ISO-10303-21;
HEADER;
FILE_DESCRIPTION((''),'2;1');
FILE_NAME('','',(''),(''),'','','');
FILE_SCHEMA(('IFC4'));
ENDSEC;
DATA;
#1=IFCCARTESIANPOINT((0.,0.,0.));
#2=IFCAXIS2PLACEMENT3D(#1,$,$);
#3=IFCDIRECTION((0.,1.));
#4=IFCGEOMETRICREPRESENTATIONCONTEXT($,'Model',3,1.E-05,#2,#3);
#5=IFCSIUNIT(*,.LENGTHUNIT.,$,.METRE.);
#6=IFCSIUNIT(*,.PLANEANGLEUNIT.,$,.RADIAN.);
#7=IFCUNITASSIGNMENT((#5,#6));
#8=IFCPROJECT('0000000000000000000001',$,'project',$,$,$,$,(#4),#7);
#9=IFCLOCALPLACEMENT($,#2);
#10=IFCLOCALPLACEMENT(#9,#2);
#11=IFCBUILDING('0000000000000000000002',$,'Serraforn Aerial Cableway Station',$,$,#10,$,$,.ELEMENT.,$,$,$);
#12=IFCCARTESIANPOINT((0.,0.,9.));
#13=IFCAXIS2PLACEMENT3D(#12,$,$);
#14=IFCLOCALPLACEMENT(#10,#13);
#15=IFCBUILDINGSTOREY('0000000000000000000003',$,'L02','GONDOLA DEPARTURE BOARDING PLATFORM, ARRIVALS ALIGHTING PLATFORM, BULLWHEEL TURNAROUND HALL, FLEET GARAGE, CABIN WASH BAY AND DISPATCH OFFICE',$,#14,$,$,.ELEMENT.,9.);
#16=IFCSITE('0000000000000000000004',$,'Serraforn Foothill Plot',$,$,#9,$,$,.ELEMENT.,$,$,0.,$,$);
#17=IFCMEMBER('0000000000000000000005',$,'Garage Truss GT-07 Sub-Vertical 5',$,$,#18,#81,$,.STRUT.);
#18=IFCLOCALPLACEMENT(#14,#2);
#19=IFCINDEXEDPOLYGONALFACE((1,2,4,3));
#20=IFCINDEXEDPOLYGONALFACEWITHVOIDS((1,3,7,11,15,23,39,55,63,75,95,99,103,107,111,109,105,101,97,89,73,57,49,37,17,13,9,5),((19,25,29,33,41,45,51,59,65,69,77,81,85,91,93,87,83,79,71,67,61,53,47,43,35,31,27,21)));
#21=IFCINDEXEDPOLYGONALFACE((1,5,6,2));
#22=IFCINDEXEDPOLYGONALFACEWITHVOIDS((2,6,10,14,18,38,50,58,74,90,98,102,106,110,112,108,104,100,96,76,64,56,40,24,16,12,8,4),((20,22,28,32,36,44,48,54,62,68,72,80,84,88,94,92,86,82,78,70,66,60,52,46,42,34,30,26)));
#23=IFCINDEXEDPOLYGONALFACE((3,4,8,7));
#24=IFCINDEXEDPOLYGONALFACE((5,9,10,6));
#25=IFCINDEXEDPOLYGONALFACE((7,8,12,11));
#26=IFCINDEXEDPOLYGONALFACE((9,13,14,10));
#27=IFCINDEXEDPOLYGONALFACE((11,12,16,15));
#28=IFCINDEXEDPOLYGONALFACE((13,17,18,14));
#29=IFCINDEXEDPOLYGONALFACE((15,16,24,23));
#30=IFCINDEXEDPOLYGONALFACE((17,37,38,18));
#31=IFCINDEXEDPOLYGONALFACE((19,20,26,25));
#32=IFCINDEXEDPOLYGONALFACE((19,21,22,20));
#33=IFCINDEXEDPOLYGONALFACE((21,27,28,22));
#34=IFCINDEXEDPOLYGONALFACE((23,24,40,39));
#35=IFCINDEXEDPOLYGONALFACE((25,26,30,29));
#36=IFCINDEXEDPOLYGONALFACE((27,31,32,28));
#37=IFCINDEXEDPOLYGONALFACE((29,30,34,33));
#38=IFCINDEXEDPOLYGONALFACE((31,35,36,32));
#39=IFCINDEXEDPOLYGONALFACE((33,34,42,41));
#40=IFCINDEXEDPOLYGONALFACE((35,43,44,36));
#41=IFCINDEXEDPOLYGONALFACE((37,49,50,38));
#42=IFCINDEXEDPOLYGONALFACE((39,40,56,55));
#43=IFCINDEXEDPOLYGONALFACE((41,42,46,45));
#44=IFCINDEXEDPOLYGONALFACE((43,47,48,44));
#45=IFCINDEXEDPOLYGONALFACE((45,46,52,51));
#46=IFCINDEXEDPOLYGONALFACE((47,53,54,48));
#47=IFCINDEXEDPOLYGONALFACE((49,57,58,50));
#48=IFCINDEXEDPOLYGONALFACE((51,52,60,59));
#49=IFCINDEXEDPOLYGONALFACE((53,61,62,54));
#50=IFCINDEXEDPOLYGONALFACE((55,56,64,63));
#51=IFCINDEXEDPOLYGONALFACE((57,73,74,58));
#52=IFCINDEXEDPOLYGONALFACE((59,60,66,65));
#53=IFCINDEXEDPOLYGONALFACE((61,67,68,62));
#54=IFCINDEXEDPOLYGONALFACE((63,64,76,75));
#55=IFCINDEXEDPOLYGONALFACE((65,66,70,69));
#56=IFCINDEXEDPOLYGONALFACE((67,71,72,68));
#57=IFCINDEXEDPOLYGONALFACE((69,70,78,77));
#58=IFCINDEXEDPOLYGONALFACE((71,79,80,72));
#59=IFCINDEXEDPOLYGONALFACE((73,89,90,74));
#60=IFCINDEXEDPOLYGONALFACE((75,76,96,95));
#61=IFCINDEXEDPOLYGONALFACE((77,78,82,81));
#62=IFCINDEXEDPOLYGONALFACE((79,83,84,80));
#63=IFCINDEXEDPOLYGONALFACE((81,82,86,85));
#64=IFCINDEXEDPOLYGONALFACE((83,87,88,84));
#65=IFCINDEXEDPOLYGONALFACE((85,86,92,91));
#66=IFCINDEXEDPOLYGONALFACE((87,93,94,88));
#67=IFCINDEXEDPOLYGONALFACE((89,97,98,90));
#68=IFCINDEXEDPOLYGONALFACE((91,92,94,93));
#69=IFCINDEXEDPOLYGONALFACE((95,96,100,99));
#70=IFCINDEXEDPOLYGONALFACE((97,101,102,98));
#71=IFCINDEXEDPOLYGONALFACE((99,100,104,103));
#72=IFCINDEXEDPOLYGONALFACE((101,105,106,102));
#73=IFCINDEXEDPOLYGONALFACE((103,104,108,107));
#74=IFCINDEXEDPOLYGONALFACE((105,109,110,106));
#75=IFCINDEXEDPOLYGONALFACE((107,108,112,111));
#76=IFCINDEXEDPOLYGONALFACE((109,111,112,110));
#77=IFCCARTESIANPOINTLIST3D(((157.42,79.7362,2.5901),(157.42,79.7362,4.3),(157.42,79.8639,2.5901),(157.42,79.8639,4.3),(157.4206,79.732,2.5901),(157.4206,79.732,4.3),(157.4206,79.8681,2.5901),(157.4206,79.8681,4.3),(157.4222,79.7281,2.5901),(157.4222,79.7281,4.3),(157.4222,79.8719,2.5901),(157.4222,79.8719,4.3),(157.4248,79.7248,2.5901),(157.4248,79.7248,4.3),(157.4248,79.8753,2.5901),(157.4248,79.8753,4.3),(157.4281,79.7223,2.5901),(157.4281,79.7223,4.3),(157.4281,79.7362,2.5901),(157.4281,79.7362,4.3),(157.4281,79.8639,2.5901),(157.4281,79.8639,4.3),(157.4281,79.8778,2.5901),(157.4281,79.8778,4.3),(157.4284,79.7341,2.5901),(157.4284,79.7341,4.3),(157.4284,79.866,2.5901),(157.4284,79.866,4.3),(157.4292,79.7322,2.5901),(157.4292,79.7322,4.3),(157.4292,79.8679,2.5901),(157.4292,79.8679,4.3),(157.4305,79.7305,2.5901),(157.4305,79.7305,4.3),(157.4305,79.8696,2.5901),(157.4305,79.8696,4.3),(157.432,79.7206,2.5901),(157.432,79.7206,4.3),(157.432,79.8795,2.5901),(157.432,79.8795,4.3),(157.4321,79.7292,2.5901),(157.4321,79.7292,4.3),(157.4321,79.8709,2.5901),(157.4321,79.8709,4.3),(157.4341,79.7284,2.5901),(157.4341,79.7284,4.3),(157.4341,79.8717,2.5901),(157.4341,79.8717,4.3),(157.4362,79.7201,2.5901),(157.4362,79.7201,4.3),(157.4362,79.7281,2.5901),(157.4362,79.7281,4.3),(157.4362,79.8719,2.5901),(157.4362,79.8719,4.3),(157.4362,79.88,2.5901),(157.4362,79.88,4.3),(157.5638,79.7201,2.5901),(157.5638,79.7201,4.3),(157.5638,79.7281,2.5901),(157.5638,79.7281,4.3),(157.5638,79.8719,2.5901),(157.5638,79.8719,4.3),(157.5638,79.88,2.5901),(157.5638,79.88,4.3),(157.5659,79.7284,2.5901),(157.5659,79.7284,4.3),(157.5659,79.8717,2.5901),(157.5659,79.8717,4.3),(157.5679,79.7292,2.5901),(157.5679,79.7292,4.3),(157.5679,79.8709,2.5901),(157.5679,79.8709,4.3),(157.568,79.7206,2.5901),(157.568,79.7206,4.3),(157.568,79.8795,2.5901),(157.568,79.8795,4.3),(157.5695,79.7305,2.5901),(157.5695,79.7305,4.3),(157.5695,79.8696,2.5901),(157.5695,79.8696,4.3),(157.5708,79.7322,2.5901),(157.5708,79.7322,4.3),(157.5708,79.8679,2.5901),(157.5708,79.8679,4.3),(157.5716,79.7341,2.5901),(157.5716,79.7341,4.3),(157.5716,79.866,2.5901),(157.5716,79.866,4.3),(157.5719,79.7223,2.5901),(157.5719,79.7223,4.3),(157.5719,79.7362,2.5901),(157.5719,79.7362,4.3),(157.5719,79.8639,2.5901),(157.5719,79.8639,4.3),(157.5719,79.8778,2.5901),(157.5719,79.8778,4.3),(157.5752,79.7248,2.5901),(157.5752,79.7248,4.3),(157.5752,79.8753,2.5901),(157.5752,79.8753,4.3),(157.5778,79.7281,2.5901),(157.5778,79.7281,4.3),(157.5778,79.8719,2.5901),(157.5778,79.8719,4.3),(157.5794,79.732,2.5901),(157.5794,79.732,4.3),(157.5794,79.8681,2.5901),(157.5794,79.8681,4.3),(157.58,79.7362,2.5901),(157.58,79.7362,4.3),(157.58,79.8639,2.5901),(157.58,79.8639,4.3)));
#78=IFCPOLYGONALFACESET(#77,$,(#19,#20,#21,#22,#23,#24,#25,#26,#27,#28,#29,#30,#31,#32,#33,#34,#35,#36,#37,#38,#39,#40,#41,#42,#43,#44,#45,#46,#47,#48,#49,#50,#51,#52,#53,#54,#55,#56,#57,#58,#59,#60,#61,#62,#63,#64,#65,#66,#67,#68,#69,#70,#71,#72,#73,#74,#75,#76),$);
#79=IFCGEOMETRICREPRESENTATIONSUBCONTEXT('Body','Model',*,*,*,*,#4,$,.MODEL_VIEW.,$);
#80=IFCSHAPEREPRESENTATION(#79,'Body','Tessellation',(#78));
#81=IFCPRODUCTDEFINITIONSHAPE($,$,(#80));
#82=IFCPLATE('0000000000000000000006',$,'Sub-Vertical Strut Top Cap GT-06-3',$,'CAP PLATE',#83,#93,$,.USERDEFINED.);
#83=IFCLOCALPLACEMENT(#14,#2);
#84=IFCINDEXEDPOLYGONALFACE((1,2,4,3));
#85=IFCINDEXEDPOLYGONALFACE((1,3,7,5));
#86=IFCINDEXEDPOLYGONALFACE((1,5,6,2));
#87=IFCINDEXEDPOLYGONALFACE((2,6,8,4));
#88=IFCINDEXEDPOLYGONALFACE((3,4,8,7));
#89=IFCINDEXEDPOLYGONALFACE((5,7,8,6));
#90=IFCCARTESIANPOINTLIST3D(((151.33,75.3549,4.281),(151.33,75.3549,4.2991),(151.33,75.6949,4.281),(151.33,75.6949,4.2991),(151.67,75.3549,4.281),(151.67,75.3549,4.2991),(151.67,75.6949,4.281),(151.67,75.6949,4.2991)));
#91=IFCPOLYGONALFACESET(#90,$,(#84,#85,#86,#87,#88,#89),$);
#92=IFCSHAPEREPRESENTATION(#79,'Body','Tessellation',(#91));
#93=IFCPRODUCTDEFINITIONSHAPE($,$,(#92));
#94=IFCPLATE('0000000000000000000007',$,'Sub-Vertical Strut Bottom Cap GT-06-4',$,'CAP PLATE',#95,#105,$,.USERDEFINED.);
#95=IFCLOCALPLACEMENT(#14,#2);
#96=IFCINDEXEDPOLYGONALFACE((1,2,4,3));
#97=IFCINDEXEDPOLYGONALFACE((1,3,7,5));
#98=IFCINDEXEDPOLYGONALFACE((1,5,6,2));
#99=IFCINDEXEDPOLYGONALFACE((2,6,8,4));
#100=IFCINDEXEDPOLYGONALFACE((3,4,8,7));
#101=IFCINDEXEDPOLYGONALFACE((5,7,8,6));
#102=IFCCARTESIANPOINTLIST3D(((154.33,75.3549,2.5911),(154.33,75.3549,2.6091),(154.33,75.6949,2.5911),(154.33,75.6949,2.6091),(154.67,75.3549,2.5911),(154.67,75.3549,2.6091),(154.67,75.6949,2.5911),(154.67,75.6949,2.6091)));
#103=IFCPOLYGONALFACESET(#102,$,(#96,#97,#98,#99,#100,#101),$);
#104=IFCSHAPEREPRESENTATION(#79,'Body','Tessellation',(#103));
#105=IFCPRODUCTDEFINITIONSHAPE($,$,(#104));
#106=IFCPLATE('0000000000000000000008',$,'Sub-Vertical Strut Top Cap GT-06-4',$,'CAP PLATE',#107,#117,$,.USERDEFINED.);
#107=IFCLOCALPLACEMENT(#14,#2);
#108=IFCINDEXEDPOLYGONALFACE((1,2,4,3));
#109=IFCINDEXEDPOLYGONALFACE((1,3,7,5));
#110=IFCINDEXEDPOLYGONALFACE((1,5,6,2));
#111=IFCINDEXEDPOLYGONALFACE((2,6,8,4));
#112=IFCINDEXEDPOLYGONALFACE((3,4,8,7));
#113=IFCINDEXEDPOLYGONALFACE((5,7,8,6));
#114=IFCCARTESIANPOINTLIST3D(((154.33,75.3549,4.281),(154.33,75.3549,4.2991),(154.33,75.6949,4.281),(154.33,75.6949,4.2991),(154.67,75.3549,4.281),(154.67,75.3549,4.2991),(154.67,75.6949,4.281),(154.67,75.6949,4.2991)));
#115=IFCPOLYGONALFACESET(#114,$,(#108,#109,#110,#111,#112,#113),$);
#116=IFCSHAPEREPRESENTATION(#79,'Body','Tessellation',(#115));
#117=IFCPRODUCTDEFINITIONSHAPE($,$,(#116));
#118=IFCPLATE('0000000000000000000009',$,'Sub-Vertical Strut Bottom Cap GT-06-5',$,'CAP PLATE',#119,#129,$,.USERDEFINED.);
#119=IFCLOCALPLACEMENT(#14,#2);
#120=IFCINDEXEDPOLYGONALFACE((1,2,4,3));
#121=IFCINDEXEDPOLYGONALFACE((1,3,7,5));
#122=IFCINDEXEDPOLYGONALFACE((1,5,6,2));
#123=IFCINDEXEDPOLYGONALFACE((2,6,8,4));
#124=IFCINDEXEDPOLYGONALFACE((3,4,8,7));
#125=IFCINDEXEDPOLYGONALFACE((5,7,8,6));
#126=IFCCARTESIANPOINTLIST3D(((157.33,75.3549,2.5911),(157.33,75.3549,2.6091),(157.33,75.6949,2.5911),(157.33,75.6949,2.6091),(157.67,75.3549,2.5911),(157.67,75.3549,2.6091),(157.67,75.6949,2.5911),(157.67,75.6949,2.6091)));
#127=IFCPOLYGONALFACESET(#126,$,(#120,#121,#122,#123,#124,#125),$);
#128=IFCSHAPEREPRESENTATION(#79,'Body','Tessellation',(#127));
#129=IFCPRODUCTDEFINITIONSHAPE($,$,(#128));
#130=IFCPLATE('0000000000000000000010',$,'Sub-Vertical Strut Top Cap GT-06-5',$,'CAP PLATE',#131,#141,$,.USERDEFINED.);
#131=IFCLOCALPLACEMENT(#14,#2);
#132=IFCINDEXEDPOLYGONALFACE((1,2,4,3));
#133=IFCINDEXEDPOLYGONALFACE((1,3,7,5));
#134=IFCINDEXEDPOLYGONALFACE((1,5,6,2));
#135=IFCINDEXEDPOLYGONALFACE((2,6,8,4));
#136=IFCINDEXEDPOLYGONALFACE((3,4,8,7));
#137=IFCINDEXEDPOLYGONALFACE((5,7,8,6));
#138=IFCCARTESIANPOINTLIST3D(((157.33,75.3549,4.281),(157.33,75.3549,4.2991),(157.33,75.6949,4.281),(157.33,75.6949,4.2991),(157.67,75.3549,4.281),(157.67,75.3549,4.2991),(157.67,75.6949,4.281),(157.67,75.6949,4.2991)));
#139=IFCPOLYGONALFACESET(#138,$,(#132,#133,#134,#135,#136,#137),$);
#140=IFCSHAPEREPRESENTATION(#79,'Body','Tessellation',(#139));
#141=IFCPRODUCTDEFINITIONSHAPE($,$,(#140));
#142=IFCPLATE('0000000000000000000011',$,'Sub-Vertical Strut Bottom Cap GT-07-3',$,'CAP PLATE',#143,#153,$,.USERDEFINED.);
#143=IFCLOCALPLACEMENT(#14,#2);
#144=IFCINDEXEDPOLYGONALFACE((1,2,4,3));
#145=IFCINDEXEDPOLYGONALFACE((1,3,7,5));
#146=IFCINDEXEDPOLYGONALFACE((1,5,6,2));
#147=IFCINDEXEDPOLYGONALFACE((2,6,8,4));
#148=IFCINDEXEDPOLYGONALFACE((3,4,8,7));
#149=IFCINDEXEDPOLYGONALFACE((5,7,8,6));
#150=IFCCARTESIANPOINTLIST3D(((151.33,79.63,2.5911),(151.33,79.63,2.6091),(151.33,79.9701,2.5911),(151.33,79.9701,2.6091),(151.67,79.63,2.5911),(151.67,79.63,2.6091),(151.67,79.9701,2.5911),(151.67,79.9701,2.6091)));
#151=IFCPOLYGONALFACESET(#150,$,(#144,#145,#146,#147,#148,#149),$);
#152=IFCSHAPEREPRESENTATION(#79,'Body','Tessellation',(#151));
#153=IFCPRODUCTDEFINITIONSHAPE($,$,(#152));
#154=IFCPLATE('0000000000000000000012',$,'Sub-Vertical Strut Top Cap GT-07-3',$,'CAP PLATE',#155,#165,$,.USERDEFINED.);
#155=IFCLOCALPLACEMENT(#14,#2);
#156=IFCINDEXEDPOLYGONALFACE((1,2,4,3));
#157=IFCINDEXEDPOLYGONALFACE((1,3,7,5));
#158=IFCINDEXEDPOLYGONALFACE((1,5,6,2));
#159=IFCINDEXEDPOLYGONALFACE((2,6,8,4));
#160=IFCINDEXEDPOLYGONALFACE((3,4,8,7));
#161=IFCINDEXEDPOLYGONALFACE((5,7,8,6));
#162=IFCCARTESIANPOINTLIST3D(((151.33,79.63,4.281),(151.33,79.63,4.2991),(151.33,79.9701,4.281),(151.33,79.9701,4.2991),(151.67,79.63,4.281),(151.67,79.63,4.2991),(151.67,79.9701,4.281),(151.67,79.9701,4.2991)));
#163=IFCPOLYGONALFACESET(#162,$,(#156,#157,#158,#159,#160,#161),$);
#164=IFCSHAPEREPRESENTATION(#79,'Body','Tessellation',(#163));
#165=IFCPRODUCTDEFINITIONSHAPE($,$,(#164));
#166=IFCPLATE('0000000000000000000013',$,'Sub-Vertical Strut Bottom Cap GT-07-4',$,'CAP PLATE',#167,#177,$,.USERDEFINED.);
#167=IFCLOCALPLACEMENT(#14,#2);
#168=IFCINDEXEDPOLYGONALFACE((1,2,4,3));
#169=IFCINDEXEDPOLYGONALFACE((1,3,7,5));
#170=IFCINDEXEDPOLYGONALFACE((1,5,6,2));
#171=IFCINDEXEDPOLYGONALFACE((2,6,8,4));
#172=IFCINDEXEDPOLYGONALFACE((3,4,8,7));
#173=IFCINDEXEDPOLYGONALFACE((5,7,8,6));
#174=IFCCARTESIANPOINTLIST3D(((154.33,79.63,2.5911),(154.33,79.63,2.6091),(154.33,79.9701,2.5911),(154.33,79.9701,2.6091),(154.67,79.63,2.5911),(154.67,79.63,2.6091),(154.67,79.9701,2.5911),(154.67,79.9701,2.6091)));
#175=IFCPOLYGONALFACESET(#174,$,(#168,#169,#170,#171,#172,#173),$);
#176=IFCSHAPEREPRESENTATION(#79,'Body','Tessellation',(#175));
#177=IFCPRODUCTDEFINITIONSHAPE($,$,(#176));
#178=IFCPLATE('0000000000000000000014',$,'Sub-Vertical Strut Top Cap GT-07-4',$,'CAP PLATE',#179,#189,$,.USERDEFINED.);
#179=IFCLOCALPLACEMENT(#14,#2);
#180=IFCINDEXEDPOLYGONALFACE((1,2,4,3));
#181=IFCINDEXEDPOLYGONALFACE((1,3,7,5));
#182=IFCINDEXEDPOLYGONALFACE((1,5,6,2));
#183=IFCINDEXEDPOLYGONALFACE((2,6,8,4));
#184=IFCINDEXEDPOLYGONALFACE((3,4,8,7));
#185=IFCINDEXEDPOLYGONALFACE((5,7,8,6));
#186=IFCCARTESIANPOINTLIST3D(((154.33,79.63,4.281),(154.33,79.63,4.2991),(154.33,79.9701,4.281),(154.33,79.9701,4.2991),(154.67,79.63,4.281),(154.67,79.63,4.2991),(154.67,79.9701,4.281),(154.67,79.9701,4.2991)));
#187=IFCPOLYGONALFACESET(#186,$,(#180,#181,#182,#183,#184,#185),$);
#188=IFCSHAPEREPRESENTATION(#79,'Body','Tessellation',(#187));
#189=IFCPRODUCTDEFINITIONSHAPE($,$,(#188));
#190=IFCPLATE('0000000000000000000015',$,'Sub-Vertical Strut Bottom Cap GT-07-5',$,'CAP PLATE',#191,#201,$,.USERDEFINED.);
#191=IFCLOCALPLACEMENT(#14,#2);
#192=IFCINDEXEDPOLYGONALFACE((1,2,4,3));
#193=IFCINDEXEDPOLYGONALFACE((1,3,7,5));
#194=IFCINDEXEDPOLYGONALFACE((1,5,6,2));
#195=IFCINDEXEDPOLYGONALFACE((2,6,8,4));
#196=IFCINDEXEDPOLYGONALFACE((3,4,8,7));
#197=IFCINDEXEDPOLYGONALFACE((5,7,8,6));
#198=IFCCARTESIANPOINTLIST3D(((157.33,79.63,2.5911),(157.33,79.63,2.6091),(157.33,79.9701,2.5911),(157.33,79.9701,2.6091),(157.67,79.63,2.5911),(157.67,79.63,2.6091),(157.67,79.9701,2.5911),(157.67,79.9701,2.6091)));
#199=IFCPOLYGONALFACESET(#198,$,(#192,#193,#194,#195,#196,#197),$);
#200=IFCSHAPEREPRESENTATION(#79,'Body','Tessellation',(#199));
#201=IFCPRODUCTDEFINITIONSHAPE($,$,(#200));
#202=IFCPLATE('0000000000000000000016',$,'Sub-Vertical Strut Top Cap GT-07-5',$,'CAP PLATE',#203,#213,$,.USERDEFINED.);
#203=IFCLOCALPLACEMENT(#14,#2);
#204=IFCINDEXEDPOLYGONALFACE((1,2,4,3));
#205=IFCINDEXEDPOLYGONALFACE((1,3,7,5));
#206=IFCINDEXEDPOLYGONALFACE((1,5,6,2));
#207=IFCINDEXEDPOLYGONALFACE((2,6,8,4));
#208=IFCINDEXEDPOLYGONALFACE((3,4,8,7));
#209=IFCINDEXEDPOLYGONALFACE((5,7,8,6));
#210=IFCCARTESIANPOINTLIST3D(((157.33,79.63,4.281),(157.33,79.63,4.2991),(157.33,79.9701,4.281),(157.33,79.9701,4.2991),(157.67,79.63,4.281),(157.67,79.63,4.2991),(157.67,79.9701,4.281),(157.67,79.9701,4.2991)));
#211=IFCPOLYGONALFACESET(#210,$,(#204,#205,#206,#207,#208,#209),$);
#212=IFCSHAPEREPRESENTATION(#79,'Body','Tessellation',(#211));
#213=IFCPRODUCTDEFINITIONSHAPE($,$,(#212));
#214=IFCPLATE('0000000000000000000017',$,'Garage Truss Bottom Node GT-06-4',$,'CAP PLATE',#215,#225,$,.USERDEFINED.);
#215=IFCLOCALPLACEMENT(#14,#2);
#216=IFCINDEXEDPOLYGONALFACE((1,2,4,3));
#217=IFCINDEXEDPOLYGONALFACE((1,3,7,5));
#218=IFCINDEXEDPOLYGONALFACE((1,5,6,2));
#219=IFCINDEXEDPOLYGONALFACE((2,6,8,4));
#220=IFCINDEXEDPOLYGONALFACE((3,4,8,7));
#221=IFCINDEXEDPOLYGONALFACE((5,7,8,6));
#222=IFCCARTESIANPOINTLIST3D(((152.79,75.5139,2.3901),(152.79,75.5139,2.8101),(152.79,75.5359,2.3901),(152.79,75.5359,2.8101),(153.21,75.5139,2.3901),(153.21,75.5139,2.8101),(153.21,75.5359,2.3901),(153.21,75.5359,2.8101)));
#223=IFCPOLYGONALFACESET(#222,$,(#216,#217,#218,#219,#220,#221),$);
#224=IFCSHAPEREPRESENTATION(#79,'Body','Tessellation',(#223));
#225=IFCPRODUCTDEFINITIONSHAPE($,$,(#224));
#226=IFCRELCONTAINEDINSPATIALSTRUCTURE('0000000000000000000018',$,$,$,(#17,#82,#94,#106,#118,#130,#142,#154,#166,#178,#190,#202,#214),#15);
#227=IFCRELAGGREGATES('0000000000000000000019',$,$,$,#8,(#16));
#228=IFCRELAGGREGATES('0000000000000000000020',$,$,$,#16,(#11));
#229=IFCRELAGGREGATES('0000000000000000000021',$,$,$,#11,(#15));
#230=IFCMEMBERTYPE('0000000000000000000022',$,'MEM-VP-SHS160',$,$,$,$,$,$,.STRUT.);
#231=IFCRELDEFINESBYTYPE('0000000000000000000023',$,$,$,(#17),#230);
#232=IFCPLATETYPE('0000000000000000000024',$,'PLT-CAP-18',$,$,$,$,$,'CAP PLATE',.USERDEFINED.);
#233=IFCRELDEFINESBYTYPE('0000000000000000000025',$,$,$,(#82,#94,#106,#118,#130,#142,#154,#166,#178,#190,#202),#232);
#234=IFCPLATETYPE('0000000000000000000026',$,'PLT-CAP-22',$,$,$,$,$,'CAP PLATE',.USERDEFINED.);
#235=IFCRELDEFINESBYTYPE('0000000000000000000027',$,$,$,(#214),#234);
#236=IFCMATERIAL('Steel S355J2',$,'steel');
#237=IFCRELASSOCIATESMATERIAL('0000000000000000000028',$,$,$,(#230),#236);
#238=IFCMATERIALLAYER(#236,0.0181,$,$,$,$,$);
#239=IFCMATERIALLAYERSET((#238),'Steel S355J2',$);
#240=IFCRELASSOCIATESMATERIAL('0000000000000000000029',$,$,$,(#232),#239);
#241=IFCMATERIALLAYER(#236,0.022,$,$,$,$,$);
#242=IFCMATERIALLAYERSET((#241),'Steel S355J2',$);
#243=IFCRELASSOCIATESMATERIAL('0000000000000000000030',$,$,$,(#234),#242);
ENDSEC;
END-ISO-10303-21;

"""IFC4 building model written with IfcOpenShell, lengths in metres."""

from ifc_helpers import new_model, si_unit, direction, frame, origin, origin_2d, place, context, subcontext, project, spatial, rectangle, hollow_rectangle, extrude, material, layer, layer_set, material_profile, profile_set, type_object, element, save


model = new_model("IFC4")

# Units and contexts
model_context = context("Model", 3, precision=1e-05, world=origin(), true_north=direction((0.0, 1.0)))
body_context = subcontext(model_context, "Body", "Model", "MODEL_VIEW")
ifc_project = project(units=[si_unit("LENGTHUNIT", "METRE"), si_unit("PLANEANGLEUNIT", "RADIAN")], contexts=[model_context])

# Site, building, storey
site_placement = place(None, origin())
site = spatial("IfcSite", under=ifc_project, at=site_placement, Name="Serraforn Foothill Plot", CompositionType="ELEMENT", RefElevation=0.0)
building_placement = place(site_placement, origin())
building = spatial("IfcBuilding", under=site, at=building_placement, Name="Serraforn Aerial Cableway Station", CompositionType="ELEMENT")
storey_placement = place(building_placement, frame((0.0, 0.0, 9.0)))
storey = spatial("IfcBuildingStorey", under=building, at=storey_placement, Name="L02", Description="GONDOLA DEPARTURE BOARDING PLATFORM, ARRIVALS ALIGHTING PLATFORM, BULLWHEEL TURNAROUND HALL, FLEET GARAGE, CABIN WASH BAY AND DISPATCH OFFICE", CompositionType="ELEMENT", Elevation=9.0)

# Member
ifc_material_1 = material(Name="Steel S355J2", Category="steel")
ifc_material_profile_1 = material_profile(ifc_material_1, hollow_rectangle(XDim=0.1599, YDim=0.1599, WallThickness=0.0081, InnerFilletRadius=0.0081, OuterFilletRadius=0.0161, at=origin_2d()), Name="SHS 160x160x8.0")
ifc_profile_set_1 = profile_set([ifc_material_profile_1], Name="Steel S355J2")
member_type_1 = type_object("IfcMemberType", Name="MEM-VP-SHS160", PredefinedType="STRUT", material=ifc_profile_set_1)
for number, where, z_axis, x_axis, name in (
    (1, (157.5, 79.8, 2.5901), (0.0, 0.0, 1.0), (1.0, 0.0, 0.0), "Garage Truss GT-07 Sub-Vertical 5"),
):
    element("IfcMember", number, at=place(storey_placement, frame(where, z_axis=z_axis, x_axis=x_axis)), inside=storey, type_object=member_type_1, Name=name, PredefinedType="STRUT", context=body_context, shape_type="SweptSolid", body=[
        extrude(hollow_rectangle(XDim=0.1599, YDim=0.1599, WallThickness=0.0081, InnerFilletRadius=0.0081, OuterFilletRadius=0.0161, at=origin_2d()), origin(), (0.0, 0.0, 1.0), 1.71),
    ])

# Plates
ifc_layer_1 = layer(ifc_material_1, 0.0181)
ifc_layer_set_1 = layer_set([ifc_layer_1], Name="Steel S355J2")
plate_type_1 = type_object("IfcPlateType", Name="PLT-CAP-18", ElementType="CAP PLATE", PredefinedType="USERDEFINED", material=ifc_layer_set_1)
for number, where, z_axis, x_axis, name in (
    (2, (151.5, 75.5249, 4.281), (0.0, 0.0, 1.0), (1.0, 0.0, 0.0), "Sub-Vertical Strut Top Cap GT-06-3"),
    (3, (154.5, 75.5249, 2.5911), (0.0, 0.0, 1.0), (1.0, 0.0, 0.0), "Sub-Vertical Strut Bottom Cap GT-06-4"),
    (4, (154.5, 75.5249, 4.281), (0.0, 0.0, 1.0), (1.0, 0.0, 0.0), "Sub-Vertical Strut Top Cap GT-06-4"),
    (5, (157.5, 75.5249, 2.5911), (0.0, 0.0, 1.0), (1.0, 0.0, 0.0), "Sub-Vertical Strut Bottom Cap GT-06-5"),
    (6, (157.5, 75.5249, 4.281), (0.0, 0.0, 1.0), (1.0, 0.0, 0.0), "Sub-Vertical Strut Top Cap GT-06-5"),
    (7, (151.5, 79.8, 2.5911), (0.0, 0.0, 1.0), (1.0, 0.0, 0.0), "Sub-Vertical Strut Bottom Cap GT-07-3"),
    (8, (151.5, 79.8, 4.281), (0.0, 0.0, 1.0), (1.0, 0.0, 0.0), "Sub-Vertical Strut Top Cap GT-07-3"),
    (9, (154.5, 79.8, 2.5911), (0.0, 0.0, 1.0), (1.0, 0.0, 0.0), "Sub-Vertical Strut Bottom Cap GT-07-4"),
    (10, (154.5, 79.8, 4.281), (0.0, 0.0, 1.0), (1.0, 0.0, 0.0), "Sub-Vertical Strut Top Cap GT-07-4"),
    (11, (157.5, 79.8, 2.5911), (0.0, 0.0, 1.0), (1.0, 0.0, 0.0), "Sub-Vertical Strut Bottom Cap GT-07-5"),
    (12, (157.5, 79.8, 4.281), (0.0, 0.0, 1.0), (1.0, 0.0, 0.0), "Sub-Vertical Strut Top Cap GT-07-5"),
):
    element("IfcPlate", number, at=place(storey_placement, frame(where, z_axis=z_axis, x_axis=x_axis)), inside=storey, type_object=plate_type_1, Name=name, ObjectType="CAP PLATE", PredefinedType="USERDEFINED", context=body_context, shape_type="SweptSolid", body=[
        extrude(rectangle(XDim=0.3401, YDim=0.3401, at=origin_2d()), origin(), (0.0, 0.0, 1.0), 0.0181),
    ])
ifc_layer_2 = layer(ifc_material_1, 0.022)
ifc_layer_set_2 = layer_set([ifc_layer_2], Name="Steel S355J2")
plate_type_2 = type_object("IfcPlateType", Name="PLT-CAP-22", ElementType="CAP PLATE", PredefinedType="USERDEFINED", material=ifc_layer_set_2)
for number, where, z_axis, x_axis, name in (
    (13, (153.0, 75.5249, 2.3901), (0.0, 0.0, 1.0), (1.0, 0.0, 0.0), "Garage Truss Bottom Node GT-06-4"),
):
    element("IfcPlate", number, at=place(storey_placement, frame(where, z_axis=z_axis, x_axis=x_axis)), inside=storey, type_object=plate_type_2, Name=name, ObjectType="CAP PLATE", PredefinedType="USERDEFINED", context=body_context, shape_type="SweptSolid", body=[
        extrude(rectangle(XDim=0.4199, YDim=0.022, at=origin_2d()), origin(), (0.0, 0.0, 1.0), 0.4199),
    ])

save(model, "model.ifc")
